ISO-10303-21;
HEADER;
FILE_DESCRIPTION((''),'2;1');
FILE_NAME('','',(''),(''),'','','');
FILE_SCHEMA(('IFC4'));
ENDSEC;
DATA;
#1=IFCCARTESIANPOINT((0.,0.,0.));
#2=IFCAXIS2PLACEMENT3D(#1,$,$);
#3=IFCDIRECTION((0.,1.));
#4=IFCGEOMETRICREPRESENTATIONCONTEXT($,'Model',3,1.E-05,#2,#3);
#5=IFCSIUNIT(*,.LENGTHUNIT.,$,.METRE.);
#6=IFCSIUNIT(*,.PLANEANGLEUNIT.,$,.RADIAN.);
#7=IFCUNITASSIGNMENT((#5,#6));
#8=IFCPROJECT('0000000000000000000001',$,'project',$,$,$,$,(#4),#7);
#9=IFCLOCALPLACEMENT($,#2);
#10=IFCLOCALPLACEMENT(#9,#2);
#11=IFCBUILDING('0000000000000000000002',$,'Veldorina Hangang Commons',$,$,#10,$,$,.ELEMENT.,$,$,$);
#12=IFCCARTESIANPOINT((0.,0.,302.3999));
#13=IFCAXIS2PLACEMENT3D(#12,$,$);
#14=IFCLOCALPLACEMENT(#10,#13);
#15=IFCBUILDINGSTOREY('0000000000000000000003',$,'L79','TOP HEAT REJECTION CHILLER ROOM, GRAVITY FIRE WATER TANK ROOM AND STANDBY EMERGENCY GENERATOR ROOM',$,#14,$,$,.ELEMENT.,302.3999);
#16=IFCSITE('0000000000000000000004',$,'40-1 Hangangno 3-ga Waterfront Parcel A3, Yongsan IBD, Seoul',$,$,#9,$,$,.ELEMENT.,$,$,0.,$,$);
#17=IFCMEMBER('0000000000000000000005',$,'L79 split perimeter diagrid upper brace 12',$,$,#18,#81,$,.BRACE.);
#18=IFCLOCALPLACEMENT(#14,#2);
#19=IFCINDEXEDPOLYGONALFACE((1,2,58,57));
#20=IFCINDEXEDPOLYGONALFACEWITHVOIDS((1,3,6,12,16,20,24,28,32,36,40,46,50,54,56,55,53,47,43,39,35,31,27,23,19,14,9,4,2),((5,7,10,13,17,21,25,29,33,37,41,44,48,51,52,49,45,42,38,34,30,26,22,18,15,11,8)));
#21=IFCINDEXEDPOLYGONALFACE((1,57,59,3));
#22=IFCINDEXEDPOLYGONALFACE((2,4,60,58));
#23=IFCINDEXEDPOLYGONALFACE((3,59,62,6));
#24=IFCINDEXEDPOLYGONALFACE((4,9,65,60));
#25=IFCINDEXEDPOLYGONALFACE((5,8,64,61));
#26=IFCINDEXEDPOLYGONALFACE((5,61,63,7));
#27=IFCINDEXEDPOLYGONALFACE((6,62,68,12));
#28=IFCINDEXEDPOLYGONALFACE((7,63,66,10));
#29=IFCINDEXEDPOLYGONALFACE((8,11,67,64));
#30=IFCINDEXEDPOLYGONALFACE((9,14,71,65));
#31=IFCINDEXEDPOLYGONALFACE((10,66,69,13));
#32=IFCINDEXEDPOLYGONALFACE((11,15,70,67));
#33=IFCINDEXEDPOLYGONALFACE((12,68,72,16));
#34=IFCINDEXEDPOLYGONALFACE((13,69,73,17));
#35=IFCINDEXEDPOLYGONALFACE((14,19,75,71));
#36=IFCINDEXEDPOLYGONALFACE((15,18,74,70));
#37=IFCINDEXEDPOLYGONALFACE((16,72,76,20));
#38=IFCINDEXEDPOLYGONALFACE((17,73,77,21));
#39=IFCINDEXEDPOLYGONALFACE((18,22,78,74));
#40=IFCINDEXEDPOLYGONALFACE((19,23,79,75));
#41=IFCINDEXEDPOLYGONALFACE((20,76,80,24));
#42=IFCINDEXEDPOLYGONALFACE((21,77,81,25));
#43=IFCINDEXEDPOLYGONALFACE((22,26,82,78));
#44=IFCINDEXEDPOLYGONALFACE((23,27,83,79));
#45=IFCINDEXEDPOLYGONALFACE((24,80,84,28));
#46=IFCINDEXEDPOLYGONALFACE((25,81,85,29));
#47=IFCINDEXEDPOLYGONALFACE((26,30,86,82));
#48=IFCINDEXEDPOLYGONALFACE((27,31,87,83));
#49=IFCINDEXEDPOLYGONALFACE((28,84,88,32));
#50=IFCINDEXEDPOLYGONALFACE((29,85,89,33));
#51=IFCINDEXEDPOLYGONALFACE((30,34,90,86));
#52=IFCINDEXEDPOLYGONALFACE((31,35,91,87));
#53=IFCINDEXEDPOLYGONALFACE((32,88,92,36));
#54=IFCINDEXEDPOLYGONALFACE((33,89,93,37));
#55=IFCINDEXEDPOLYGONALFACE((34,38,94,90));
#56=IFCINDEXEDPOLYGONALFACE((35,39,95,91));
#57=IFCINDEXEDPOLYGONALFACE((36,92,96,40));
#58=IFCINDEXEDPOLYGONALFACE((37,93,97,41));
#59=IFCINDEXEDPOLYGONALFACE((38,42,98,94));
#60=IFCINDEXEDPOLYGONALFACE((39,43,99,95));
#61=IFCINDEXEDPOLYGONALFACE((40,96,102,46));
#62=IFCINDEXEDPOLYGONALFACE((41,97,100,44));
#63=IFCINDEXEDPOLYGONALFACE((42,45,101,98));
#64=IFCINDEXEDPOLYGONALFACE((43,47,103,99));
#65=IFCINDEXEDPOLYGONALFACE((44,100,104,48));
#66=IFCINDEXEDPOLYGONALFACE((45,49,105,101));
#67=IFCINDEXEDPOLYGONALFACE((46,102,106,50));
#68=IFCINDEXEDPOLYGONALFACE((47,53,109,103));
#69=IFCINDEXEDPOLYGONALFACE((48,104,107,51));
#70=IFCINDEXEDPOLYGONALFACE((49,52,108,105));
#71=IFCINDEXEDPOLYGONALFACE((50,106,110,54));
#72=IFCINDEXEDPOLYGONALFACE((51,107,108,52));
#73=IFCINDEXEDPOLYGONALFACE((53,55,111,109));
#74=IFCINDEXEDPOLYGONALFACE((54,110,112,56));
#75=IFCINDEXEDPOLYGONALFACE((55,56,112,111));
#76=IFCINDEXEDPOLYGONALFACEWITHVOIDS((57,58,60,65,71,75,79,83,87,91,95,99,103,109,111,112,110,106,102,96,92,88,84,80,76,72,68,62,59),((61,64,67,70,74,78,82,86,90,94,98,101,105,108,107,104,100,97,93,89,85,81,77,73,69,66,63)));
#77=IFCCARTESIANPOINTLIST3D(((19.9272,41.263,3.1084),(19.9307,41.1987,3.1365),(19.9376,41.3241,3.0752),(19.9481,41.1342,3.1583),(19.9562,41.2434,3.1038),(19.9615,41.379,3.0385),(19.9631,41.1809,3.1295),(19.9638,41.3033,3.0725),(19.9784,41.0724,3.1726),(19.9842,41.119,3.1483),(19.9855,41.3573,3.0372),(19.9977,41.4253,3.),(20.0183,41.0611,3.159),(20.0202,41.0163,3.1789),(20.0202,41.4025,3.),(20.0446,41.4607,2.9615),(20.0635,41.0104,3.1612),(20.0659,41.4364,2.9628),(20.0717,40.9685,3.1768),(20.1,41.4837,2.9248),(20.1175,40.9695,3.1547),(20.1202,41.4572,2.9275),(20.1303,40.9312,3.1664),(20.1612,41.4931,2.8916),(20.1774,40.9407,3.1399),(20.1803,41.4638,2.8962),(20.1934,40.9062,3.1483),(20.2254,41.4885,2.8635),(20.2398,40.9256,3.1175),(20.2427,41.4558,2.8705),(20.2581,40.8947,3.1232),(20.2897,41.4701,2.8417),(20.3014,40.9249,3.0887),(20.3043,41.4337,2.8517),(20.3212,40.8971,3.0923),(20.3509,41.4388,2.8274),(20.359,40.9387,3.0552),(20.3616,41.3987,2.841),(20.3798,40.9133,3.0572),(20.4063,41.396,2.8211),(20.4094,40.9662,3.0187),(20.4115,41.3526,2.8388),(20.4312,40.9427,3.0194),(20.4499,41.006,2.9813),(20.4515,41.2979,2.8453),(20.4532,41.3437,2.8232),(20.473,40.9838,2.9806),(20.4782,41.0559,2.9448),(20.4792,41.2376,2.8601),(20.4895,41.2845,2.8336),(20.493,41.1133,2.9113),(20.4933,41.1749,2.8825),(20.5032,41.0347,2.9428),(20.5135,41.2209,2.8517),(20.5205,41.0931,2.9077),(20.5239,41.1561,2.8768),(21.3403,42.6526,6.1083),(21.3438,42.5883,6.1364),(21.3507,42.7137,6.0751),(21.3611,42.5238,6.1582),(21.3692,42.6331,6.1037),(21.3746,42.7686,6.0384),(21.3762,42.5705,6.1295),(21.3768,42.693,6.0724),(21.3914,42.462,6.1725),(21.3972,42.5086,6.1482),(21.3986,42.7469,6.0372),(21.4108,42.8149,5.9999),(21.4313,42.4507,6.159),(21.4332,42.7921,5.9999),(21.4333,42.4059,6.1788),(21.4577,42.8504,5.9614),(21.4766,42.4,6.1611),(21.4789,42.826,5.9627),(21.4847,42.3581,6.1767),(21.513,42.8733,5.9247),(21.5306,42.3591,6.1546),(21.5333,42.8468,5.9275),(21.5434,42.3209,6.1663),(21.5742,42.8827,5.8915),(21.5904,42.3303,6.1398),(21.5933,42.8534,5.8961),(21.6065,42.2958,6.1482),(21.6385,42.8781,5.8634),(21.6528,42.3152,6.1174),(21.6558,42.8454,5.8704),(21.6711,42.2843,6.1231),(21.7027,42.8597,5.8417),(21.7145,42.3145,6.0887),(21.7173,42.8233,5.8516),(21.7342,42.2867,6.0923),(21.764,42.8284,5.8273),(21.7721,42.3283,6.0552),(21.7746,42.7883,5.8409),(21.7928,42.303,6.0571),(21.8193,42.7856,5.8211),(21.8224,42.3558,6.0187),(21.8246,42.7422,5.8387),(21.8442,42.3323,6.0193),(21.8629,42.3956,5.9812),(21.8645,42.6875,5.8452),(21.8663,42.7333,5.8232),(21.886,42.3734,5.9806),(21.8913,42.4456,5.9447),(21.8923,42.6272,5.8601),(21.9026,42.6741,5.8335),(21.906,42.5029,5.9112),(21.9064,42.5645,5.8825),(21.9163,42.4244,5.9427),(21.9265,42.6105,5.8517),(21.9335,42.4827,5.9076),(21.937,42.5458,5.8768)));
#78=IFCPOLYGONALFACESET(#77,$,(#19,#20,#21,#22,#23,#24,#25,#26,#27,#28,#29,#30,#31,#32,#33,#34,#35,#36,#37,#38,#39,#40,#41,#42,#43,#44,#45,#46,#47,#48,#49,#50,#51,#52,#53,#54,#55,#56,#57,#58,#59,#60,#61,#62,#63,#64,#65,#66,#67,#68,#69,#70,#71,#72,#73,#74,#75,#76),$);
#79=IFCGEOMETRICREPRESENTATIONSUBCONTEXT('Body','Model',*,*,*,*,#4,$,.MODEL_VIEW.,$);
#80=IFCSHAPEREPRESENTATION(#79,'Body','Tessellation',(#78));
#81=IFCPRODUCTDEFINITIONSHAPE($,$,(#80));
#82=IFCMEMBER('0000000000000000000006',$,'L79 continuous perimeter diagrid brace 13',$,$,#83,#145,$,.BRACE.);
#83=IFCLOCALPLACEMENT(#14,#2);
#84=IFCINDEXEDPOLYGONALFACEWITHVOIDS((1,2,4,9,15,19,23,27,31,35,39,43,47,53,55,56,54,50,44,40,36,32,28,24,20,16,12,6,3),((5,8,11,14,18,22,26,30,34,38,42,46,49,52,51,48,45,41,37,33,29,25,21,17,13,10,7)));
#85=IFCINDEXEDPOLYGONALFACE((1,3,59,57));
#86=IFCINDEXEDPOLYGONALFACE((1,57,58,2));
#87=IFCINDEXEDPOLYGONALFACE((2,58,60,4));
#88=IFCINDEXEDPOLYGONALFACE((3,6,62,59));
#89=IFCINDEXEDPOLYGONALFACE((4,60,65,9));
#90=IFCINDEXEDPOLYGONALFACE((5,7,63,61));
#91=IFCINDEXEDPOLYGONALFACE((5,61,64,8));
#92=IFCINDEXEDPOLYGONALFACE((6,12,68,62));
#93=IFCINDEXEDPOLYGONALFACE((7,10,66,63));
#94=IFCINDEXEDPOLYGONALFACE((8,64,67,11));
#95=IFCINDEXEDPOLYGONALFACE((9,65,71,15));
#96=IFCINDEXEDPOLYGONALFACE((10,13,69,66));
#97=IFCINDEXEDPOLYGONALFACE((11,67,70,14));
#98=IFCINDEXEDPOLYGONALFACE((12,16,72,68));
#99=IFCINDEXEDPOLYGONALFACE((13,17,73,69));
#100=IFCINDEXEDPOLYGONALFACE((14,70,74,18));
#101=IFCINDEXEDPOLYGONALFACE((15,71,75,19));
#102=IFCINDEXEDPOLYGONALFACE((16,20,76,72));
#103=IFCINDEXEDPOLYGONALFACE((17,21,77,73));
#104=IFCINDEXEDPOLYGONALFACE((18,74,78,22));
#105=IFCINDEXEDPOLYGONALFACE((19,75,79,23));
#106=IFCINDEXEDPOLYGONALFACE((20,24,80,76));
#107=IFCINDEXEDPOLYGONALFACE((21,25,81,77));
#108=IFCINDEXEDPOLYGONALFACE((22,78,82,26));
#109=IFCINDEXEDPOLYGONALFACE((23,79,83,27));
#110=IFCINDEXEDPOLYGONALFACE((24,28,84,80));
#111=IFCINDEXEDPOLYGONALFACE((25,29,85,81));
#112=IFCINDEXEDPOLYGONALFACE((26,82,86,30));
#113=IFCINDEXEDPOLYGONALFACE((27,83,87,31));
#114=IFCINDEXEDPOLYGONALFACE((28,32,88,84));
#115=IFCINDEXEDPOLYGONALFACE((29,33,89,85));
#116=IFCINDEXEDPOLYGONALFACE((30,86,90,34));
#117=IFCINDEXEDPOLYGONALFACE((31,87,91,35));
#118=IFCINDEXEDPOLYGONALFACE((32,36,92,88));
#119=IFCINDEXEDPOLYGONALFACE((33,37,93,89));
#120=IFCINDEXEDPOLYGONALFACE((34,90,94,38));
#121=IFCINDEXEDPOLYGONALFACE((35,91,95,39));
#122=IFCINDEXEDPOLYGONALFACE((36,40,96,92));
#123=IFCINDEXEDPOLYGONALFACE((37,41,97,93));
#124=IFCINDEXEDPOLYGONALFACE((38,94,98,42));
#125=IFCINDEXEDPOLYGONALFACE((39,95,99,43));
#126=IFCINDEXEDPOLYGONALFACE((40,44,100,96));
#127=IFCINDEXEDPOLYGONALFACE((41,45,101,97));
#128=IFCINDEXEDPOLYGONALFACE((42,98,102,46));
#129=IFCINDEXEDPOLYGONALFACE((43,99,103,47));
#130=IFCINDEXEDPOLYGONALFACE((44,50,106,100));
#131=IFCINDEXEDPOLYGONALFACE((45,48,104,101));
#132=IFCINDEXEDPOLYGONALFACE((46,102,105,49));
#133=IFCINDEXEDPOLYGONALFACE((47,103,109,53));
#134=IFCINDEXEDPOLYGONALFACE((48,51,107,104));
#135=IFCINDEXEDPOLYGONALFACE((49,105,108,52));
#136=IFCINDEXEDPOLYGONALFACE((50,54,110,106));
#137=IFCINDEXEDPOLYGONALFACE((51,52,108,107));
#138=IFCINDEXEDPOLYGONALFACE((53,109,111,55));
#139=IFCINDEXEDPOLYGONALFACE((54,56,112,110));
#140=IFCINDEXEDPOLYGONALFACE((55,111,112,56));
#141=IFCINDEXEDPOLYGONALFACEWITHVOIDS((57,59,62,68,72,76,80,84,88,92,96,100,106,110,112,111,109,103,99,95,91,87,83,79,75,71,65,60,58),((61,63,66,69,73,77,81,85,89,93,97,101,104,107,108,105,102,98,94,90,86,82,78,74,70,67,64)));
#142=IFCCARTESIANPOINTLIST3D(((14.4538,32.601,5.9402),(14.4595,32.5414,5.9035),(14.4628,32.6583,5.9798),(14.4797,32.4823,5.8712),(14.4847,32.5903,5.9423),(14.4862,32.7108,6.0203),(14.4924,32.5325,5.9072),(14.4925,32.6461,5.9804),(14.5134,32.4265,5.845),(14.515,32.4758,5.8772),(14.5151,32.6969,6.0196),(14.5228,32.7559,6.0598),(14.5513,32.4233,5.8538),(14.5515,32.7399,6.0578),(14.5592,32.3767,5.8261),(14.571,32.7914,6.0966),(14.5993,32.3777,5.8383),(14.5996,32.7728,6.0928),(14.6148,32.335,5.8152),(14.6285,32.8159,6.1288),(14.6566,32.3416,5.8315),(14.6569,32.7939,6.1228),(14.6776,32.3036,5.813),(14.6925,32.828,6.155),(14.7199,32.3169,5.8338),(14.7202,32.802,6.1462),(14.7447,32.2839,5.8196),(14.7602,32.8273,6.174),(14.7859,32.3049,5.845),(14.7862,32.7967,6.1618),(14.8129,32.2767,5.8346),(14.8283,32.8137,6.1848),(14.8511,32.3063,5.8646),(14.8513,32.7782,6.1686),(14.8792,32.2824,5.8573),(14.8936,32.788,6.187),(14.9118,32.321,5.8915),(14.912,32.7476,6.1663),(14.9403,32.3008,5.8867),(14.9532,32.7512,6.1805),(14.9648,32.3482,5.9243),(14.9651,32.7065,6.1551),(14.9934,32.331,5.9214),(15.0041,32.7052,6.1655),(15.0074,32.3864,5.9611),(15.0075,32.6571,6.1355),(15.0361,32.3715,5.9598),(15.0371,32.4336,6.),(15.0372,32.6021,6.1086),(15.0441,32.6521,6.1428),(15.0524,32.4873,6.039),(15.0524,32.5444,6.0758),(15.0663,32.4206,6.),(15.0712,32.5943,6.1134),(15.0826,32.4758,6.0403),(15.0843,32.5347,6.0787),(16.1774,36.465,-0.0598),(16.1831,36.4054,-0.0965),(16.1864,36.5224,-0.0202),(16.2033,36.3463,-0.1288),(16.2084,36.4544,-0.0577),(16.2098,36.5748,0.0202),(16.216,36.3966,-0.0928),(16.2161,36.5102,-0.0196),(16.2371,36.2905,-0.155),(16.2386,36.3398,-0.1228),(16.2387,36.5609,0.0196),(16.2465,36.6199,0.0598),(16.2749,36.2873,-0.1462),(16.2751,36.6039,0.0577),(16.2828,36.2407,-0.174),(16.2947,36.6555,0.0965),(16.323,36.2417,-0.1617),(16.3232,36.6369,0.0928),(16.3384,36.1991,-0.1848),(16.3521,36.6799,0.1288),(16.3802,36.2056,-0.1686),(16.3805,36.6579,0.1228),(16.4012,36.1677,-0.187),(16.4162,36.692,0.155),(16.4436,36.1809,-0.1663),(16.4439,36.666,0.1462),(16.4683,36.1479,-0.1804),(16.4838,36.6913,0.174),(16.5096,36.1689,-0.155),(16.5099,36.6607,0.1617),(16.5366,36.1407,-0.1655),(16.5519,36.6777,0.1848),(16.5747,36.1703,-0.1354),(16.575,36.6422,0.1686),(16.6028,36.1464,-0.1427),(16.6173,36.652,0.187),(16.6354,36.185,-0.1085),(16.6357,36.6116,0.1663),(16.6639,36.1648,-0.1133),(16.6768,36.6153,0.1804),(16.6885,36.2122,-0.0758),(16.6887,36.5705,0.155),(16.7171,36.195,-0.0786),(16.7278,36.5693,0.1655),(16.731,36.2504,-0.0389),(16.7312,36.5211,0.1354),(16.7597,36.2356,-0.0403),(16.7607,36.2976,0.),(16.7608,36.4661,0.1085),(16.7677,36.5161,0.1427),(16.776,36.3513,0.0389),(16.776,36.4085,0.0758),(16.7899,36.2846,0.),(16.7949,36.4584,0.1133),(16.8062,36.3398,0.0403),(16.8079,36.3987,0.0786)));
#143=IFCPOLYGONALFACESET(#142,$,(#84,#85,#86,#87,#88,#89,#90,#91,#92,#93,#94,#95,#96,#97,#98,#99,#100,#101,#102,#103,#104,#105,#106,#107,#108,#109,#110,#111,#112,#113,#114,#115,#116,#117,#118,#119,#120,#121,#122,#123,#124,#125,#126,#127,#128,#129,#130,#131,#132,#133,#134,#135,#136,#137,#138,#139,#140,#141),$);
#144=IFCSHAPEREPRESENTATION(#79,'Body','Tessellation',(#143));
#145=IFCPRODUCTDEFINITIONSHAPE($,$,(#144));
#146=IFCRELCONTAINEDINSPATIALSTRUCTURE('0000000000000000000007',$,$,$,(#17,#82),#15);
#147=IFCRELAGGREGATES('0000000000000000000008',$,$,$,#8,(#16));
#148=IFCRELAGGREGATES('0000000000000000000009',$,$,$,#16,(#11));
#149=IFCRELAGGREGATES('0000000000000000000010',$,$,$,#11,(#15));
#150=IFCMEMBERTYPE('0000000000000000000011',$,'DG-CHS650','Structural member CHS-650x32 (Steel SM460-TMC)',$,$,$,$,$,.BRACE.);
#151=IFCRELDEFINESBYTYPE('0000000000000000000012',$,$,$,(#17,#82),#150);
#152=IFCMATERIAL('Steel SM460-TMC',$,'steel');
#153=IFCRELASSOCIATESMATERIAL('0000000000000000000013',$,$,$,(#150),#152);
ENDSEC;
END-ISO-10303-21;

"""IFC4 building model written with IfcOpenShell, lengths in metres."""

from ifc_helpers import new_model, si_unit, direction, frame, origin, origin_2d, place, context, subcontext, project, spatial, hollow_circle, extrude, material, material_profile, profile_set, type_object, element, save


model = new_model("IFC4")

# Units and contexts
model_context = context("Model", 3, precision=1e-05, world=origin(), true_north=direction((0.0, 1.0)))
body_context = subcontext(model_context, "Body", "Model", "MODEL_VIEW")
ifc_project = project(units=[si_unit("LENGTHUNIT", "METRE"), si_unit("PLANEANGLEUNIT", "RADIAN")], contexts=[model_context])

# Site, building, storey
site_placement = place(None, origin())
site = spatial("IfcSite", under=ifc_project, at=site_placement, Name="40-1 Hangangno 3-ga Waterfront Parcel A3, Yongsan IBD, Seoul", CompositionType="ELEMENT", RefElevation=0.0)
building_placement = place(site_placement, origin())
building = spatial("IfcBuilding", under=site, at=building_placement, Name="Veldorina Hangang Commons", CompositionType="ELEMENT")
storey_placement = place(building_placement, frame((0.0, 0.0, 302.3999)))
storey = spatial("IfcBuildingStorey", under=building, at=storey_placement, Name="L79", Description="TOP HEAT REJECTION CHILLER ROOM, GRAVITY FIRE WATER TANK ROOM AND STANDBY EMERGENCY GENERATOR ROOM", CompositionType="ELEMENT", Elevation=302.3999)

# Shared definitions
ifc_material_1 = material(Name="Steel SM460-TMC", Category="steel")

# Members
ifc_material_profile_1 = material_profile(ifc_material_1, hollow_circle(Radius=0.325, WallThickness=0.032, at=origin_2d()), Name="CHS-650x32")
ifc_profile_set_1 = profile_set([ifc_material_profile_1], Name="Steel SM460-TMC")
member_type_1 = type_object("IfcMemberType", Name="DG-CHS650", Description="Structural member CHS-650x32 (Steel SM460-TMC)", PredefinedType="BRACE", material=ifc_profile_set_1)
member_1_placement = place(storey_placement, frame((20.2256, 41.1936, 3.0), z_axis=(0.39301, 0.386492, 0.834366), x_axis=(-0.701169, 0.712995, 0.0)))
element("IfcMember", 1, at=member_1_placement, inside=storey, type_object=member_type_1, Name="L79 split perimeter diagrid upper brace 12", PredefinedType="BRACE", context=body_context, shape_type="SweptSolid", body=[
    extrude(hollow_circle(Radius=0.325, WallThickness=0.032, at=origin_2d()), origin(), (0.0, 0.0, 1.0), 3.5955),
])
member_2_placement = place(storey_placement, frame((16.4932, 36.417, 0.0), z_axis=(-0.234771, -0.526306, 0.817242), x_axis=(0.913259, -0.40738, 0.0)))
element("IfcMember", 2, at=member_2_placement, inside=storey, type_object=member_type_1, Name="L79 continuous perimeter diagrid brace 13", PredefinedType="BRACE", context=body_context, shape_type="SweptSolid", body=[
    extrude(hollow_circle(Radius=0.325, WallThickness=0.032, at=origin_2d()), origin(), (0.0, 0.0, 1.0), 7.3418),
])

save(model, "model.ifc")
